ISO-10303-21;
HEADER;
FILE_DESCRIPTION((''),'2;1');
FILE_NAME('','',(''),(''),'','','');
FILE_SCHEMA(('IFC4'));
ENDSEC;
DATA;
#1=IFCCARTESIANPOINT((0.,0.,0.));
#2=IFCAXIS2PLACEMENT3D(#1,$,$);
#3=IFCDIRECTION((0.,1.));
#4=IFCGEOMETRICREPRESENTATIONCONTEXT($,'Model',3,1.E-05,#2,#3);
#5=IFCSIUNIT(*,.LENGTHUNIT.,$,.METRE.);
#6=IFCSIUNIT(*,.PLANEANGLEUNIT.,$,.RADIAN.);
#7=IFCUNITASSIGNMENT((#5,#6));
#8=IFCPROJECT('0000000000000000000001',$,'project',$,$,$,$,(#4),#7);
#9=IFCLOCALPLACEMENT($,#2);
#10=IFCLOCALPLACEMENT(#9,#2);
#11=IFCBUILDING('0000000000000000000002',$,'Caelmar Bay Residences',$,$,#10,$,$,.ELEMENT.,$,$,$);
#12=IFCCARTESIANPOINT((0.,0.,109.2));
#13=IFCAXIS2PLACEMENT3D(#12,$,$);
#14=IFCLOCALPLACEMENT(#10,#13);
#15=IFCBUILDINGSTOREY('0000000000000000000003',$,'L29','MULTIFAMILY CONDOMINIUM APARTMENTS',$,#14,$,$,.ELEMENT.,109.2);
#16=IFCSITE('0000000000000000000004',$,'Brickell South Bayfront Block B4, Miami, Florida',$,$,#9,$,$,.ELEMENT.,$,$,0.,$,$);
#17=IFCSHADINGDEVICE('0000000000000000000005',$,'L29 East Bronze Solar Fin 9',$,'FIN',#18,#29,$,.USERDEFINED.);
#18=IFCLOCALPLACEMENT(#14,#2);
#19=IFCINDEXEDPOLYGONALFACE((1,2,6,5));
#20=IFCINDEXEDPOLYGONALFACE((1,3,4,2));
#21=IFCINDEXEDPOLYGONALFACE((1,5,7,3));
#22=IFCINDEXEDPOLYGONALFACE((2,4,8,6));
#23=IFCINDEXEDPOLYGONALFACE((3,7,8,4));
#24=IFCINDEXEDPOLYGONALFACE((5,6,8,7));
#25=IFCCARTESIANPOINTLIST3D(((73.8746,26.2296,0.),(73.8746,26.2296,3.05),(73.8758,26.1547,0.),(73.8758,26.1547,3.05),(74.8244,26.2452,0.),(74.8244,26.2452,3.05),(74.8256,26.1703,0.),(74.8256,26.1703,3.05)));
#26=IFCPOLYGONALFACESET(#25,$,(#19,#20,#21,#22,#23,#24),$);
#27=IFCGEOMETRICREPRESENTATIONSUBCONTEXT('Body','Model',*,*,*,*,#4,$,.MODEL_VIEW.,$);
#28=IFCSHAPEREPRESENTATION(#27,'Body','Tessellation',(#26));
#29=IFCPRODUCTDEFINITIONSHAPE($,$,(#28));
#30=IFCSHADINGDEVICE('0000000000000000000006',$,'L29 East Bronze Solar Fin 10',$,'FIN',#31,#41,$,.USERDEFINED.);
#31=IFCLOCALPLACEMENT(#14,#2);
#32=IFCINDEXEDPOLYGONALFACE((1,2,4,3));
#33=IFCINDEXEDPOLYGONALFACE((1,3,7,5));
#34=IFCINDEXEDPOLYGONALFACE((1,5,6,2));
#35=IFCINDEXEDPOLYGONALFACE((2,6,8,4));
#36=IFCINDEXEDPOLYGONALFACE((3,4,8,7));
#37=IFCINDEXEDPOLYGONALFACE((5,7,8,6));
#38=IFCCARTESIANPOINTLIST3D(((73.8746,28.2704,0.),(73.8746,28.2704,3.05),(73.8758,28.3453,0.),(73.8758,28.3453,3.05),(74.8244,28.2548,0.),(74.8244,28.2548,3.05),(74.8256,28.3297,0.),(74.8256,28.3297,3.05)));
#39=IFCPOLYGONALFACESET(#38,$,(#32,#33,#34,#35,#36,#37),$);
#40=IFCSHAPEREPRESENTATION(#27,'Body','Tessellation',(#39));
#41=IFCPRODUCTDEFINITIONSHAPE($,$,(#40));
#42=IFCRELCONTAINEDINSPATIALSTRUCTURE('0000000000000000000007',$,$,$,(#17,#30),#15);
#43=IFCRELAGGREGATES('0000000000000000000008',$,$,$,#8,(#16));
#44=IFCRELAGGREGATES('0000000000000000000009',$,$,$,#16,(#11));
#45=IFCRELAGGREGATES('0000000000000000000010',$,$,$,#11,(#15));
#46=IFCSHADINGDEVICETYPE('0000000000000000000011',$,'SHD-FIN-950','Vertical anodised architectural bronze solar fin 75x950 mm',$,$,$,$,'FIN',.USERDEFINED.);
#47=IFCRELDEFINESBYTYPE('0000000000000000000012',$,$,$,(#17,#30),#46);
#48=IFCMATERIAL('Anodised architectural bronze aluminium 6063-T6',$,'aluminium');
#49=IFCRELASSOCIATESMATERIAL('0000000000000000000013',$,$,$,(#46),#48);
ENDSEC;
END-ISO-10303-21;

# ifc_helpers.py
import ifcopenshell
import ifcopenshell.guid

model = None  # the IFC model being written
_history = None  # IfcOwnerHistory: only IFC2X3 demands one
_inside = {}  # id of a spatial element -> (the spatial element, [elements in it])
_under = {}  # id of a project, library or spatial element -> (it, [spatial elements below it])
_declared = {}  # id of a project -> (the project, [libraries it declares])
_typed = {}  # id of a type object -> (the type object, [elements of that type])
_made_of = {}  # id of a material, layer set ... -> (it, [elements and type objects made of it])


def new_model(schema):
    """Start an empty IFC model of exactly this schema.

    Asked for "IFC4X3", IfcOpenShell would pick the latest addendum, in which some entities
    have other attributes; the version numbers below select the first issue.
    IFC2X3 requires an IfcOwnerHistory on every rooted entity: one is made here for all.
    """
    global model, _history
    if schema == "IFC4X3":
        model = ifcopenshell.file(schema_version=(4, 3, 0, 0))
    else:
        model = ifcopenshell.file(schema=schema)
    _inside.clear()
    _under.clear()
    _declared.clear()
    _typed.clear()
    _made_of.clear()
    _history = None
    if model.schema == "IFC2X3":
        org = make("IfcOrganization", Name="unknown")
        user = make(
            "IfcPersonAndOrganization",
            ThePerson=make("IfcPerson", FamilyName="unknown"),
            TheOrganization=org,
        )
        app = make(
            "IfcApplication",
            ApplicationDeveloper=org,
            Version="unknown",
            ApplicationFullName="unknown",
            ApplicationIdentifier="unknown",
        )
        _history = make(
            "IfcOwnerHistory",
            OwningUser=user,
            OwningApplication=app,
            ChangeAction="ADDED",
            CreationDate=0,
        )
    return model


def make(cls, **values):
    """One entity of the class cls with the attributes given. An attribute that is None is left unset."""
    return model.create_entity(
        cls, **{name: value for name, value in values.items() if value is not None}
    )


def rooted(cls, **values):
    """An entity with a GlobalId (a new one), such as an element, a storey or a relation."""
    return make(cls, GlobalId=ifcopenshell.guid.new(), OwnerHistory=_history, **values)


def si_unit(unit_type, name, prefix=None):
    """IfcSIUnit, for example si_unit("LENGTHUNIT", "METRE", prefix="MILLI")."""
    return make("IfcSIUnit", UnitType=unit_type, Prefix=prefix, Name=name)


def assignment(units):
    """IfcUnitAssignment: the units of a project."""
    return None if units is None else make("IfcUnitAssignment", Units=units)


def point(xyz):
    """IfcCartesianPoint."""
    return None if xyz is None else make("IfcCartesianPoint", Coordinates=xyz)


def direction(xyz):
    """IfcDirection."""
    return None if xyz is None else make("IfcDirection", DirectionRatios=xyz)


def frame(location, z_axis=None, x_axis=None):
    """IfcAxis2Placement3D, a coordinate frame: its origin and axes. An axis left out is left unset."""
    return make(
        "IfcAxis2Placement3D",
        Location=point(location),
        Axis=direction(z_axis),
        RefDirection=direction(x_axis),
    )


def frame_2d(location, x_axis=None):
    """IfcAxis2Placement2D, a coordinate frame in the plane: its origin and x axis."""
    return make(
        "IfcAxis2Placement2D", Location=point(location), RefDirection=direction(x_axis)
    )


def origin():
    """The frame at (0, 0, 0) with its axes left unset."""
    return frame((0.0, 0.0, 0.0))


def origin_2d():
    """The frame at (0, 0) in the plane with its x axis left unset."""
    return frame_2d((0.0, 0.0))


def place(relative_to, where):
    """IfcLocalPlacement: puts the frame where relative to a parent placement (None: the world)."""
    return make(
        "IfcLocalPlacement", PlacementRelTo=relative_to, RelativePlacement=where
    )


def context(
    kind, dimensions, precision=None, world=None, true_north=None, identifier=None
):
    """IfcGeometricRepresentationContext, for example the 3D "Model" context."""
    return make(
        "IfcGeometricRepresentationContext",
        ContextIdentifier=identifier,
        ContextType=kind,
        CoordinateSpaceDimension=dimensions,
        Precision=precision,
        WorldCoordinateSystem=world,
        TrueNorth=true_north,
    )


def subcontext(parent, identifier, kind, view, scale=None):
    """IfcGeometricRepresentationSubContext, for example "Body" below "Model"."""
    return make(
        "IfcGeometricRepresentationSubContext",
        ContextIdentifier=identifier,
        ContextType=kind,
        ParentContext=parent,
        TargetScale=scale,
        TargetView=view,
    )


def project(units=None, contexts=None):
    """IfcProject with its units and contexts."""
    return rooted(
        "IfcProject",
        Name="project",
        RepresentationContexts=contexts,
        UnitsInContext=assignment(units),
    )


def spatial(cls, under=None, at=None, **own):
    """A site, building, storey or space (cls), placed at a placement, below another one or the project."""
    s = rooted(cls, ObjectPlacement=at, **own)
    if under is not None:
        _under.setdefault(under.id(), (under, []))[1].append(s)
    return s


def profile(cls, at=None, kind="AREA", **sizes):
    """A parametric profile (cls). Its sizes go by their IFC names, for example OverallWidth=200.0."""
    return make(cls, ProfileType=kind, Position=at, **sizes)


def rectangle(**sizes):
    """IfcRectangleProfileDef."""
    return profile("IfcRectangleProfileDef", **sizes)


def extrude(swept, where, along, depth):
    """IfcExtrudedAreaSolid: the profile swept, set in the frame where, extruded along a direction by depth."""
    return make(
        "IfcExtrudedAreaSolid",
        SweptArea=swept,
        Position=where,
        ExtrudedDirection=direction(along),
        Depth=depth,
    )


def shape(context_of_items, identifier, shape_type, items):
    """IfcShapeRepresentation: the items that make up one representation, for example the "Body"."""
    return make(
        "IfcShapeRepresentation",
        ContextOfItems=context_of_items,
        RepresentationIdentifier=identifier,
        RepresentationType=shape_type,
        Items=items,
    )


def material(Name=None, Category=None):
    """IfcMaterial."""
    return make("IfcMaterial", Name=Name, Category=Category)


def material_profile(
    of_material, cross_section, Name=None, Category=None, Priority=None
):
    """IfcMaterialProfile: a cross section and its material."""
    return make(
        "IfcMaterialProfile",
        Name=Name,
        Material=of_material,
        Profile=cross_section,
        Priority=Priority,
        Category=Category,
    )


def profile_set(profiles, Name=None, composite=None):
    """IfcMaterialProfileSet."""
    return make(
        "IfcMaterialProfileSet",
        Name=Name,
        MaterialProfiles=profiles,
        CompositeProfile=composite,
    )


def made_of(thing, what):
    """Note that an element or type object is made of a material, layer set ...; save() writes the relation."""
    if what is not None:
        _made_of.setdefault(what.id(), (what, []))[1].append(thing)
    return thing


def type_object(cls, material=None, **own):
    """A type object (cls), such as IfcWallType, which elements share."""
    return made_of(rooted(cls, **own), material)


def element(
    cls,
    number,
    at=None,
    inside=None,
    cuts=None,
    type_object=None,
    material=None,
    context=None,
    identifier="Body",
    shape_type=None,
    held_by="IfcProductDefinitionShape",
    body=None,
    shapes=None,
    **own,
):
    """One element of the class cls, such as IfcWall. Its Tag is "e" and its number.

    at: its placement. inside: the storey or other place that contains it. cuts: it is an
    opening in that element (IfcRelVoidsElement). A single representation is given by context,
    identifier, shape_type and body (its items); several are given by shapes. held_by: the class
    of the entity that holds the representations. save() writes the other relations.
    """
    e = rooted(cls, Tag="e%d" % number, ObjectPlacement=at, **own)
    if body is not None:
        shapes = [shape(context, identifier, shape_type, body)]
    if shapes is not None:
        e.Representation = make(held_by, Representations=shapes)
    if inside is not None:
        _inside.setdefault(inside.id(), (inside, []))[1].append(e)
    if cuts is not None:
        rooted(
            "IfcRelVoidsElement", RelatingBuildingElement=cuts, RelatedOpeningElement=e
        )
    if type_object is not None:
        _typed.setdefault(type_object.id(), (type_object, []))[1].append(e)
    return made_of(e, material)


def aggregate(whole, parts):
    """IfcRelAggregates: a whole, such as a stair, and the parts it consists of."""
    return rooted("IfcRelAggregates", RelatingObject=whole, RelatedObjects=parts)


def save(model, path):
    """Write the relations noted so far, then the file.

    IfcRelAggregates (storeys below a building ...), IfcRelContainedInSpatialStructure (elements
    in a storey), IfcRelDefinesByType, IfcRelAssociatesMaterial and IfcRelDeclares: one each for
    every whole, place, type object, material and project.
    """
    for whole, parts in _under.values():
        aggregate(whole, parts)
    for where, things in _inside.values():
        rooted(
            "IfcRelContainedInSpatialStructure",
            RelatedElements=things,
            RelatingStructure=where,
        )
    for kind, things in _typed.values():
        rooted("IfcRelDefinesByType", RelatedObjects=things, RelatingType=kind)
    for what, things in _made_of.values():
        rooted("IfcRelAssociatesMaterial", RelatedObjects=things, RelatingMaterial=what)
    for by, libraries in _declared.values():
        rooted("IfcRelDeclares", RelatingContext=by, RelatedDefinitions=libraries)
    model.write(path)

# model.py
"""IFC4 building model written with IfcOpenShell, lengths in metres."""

from ifc_helpers import new_model, si_unit, direction, frame, origin, origin_2d, place, context, subcontext, project, spatial, rectangle, extrude, material, material_profile, profile_set, type_object, element, save


model = new_model("IFC4")

# Units and contexts
model_context = context("Model", 3, precision=1e-05, world=origin(), true_north=direction((0.0, 1.0)))
body_context = subcontext(model_context, "Body", "Model", "MODEL_VIEW")
ifc_project = project(units=[si_unit("LENGTHUNIT", "METRE"), si_unit("PLANEANGLEUNIT", "RADIAN")], contexts=[model_context])

# Site, building, storey
site_placement = place(None, origin())
site = spatial("IfcSite", under=ifc_project, at=site_placement, Name="Brickell South Bayfront Block B4, Miami, Florida", CompositionType="ELEMENT", RefElevation=0.0)
building_placement = place(site_placement, origin())
building = spatial("IfcBuilding", under=site, at=building_placement, Name="Caelmar Bay Residences", CompositionType="ELEMENT")
storey_placement = place(building_placement, frame((0.0, 0.0, 109.2)))
storey = spatial("IfcBuildingStorey", under=building, at=storey_placement, Name="L29", Description="MULTIFAMILY CONDOMINIUM APARTMENTS", CompositionType="ELEMENT", Elevation=109.2)

# Shading devices
ifc_material_1 = material(Name="Anodised architectural bronze aluminium 6063-T6", Category="aluminium")
ifc_material_profile_1 = material_profile(ifc_material_1, rectangle(XDim=0.075, YDim=0.95, at=origin_2d()), Name="BRONZE-FIN-75X950")
ifc_profile_set_1 = profile_set([ifc_material_profile_1], Name="Anodised architectural bronze aluminium 6063-T6")
shading_device_type = type_object("IfcShadingDeviceType", Name="SHD-FIN-950", Description="Vertical anodised architectural bronze solar fin 75x950 mm", ElementType="FIN", PredefinedType="USERDEFINED", material=ifc_profile_set_1)
for number, where, z_axis, x_axis, name in (
    (1, (74.3501, 26.2, 0.0), (0.0, 0.0, 1.0), (-0.016405, 0.999865, 0.0), "L29 East Bronze Solar Fin 9"),
    (2, (74.3501, 28.3, 0.0), (0.0, 0.0, 1.0), (0.016405, 0.999865, 0.0), "L29 East Bronze Solar Fin 10"),
):
    element("IfcShadingDevice", number, at=place(storey_placement, frame(where, z_axis=z_axis, x_axis=x_axis)), inside=storey, type_object=shading_device_type, Name=name, ObjectType="FIN", PredefinedType="USERDEFINED", context=body_context, shape_type="SweptSolid", body=[
        extrude(rectangle(XDim=0.075, YDim=0.95, at=origin_2d()), origin(), (0.0, 0.0, 1.0), 3.05),
    ])

save(model, "model.ifc")
